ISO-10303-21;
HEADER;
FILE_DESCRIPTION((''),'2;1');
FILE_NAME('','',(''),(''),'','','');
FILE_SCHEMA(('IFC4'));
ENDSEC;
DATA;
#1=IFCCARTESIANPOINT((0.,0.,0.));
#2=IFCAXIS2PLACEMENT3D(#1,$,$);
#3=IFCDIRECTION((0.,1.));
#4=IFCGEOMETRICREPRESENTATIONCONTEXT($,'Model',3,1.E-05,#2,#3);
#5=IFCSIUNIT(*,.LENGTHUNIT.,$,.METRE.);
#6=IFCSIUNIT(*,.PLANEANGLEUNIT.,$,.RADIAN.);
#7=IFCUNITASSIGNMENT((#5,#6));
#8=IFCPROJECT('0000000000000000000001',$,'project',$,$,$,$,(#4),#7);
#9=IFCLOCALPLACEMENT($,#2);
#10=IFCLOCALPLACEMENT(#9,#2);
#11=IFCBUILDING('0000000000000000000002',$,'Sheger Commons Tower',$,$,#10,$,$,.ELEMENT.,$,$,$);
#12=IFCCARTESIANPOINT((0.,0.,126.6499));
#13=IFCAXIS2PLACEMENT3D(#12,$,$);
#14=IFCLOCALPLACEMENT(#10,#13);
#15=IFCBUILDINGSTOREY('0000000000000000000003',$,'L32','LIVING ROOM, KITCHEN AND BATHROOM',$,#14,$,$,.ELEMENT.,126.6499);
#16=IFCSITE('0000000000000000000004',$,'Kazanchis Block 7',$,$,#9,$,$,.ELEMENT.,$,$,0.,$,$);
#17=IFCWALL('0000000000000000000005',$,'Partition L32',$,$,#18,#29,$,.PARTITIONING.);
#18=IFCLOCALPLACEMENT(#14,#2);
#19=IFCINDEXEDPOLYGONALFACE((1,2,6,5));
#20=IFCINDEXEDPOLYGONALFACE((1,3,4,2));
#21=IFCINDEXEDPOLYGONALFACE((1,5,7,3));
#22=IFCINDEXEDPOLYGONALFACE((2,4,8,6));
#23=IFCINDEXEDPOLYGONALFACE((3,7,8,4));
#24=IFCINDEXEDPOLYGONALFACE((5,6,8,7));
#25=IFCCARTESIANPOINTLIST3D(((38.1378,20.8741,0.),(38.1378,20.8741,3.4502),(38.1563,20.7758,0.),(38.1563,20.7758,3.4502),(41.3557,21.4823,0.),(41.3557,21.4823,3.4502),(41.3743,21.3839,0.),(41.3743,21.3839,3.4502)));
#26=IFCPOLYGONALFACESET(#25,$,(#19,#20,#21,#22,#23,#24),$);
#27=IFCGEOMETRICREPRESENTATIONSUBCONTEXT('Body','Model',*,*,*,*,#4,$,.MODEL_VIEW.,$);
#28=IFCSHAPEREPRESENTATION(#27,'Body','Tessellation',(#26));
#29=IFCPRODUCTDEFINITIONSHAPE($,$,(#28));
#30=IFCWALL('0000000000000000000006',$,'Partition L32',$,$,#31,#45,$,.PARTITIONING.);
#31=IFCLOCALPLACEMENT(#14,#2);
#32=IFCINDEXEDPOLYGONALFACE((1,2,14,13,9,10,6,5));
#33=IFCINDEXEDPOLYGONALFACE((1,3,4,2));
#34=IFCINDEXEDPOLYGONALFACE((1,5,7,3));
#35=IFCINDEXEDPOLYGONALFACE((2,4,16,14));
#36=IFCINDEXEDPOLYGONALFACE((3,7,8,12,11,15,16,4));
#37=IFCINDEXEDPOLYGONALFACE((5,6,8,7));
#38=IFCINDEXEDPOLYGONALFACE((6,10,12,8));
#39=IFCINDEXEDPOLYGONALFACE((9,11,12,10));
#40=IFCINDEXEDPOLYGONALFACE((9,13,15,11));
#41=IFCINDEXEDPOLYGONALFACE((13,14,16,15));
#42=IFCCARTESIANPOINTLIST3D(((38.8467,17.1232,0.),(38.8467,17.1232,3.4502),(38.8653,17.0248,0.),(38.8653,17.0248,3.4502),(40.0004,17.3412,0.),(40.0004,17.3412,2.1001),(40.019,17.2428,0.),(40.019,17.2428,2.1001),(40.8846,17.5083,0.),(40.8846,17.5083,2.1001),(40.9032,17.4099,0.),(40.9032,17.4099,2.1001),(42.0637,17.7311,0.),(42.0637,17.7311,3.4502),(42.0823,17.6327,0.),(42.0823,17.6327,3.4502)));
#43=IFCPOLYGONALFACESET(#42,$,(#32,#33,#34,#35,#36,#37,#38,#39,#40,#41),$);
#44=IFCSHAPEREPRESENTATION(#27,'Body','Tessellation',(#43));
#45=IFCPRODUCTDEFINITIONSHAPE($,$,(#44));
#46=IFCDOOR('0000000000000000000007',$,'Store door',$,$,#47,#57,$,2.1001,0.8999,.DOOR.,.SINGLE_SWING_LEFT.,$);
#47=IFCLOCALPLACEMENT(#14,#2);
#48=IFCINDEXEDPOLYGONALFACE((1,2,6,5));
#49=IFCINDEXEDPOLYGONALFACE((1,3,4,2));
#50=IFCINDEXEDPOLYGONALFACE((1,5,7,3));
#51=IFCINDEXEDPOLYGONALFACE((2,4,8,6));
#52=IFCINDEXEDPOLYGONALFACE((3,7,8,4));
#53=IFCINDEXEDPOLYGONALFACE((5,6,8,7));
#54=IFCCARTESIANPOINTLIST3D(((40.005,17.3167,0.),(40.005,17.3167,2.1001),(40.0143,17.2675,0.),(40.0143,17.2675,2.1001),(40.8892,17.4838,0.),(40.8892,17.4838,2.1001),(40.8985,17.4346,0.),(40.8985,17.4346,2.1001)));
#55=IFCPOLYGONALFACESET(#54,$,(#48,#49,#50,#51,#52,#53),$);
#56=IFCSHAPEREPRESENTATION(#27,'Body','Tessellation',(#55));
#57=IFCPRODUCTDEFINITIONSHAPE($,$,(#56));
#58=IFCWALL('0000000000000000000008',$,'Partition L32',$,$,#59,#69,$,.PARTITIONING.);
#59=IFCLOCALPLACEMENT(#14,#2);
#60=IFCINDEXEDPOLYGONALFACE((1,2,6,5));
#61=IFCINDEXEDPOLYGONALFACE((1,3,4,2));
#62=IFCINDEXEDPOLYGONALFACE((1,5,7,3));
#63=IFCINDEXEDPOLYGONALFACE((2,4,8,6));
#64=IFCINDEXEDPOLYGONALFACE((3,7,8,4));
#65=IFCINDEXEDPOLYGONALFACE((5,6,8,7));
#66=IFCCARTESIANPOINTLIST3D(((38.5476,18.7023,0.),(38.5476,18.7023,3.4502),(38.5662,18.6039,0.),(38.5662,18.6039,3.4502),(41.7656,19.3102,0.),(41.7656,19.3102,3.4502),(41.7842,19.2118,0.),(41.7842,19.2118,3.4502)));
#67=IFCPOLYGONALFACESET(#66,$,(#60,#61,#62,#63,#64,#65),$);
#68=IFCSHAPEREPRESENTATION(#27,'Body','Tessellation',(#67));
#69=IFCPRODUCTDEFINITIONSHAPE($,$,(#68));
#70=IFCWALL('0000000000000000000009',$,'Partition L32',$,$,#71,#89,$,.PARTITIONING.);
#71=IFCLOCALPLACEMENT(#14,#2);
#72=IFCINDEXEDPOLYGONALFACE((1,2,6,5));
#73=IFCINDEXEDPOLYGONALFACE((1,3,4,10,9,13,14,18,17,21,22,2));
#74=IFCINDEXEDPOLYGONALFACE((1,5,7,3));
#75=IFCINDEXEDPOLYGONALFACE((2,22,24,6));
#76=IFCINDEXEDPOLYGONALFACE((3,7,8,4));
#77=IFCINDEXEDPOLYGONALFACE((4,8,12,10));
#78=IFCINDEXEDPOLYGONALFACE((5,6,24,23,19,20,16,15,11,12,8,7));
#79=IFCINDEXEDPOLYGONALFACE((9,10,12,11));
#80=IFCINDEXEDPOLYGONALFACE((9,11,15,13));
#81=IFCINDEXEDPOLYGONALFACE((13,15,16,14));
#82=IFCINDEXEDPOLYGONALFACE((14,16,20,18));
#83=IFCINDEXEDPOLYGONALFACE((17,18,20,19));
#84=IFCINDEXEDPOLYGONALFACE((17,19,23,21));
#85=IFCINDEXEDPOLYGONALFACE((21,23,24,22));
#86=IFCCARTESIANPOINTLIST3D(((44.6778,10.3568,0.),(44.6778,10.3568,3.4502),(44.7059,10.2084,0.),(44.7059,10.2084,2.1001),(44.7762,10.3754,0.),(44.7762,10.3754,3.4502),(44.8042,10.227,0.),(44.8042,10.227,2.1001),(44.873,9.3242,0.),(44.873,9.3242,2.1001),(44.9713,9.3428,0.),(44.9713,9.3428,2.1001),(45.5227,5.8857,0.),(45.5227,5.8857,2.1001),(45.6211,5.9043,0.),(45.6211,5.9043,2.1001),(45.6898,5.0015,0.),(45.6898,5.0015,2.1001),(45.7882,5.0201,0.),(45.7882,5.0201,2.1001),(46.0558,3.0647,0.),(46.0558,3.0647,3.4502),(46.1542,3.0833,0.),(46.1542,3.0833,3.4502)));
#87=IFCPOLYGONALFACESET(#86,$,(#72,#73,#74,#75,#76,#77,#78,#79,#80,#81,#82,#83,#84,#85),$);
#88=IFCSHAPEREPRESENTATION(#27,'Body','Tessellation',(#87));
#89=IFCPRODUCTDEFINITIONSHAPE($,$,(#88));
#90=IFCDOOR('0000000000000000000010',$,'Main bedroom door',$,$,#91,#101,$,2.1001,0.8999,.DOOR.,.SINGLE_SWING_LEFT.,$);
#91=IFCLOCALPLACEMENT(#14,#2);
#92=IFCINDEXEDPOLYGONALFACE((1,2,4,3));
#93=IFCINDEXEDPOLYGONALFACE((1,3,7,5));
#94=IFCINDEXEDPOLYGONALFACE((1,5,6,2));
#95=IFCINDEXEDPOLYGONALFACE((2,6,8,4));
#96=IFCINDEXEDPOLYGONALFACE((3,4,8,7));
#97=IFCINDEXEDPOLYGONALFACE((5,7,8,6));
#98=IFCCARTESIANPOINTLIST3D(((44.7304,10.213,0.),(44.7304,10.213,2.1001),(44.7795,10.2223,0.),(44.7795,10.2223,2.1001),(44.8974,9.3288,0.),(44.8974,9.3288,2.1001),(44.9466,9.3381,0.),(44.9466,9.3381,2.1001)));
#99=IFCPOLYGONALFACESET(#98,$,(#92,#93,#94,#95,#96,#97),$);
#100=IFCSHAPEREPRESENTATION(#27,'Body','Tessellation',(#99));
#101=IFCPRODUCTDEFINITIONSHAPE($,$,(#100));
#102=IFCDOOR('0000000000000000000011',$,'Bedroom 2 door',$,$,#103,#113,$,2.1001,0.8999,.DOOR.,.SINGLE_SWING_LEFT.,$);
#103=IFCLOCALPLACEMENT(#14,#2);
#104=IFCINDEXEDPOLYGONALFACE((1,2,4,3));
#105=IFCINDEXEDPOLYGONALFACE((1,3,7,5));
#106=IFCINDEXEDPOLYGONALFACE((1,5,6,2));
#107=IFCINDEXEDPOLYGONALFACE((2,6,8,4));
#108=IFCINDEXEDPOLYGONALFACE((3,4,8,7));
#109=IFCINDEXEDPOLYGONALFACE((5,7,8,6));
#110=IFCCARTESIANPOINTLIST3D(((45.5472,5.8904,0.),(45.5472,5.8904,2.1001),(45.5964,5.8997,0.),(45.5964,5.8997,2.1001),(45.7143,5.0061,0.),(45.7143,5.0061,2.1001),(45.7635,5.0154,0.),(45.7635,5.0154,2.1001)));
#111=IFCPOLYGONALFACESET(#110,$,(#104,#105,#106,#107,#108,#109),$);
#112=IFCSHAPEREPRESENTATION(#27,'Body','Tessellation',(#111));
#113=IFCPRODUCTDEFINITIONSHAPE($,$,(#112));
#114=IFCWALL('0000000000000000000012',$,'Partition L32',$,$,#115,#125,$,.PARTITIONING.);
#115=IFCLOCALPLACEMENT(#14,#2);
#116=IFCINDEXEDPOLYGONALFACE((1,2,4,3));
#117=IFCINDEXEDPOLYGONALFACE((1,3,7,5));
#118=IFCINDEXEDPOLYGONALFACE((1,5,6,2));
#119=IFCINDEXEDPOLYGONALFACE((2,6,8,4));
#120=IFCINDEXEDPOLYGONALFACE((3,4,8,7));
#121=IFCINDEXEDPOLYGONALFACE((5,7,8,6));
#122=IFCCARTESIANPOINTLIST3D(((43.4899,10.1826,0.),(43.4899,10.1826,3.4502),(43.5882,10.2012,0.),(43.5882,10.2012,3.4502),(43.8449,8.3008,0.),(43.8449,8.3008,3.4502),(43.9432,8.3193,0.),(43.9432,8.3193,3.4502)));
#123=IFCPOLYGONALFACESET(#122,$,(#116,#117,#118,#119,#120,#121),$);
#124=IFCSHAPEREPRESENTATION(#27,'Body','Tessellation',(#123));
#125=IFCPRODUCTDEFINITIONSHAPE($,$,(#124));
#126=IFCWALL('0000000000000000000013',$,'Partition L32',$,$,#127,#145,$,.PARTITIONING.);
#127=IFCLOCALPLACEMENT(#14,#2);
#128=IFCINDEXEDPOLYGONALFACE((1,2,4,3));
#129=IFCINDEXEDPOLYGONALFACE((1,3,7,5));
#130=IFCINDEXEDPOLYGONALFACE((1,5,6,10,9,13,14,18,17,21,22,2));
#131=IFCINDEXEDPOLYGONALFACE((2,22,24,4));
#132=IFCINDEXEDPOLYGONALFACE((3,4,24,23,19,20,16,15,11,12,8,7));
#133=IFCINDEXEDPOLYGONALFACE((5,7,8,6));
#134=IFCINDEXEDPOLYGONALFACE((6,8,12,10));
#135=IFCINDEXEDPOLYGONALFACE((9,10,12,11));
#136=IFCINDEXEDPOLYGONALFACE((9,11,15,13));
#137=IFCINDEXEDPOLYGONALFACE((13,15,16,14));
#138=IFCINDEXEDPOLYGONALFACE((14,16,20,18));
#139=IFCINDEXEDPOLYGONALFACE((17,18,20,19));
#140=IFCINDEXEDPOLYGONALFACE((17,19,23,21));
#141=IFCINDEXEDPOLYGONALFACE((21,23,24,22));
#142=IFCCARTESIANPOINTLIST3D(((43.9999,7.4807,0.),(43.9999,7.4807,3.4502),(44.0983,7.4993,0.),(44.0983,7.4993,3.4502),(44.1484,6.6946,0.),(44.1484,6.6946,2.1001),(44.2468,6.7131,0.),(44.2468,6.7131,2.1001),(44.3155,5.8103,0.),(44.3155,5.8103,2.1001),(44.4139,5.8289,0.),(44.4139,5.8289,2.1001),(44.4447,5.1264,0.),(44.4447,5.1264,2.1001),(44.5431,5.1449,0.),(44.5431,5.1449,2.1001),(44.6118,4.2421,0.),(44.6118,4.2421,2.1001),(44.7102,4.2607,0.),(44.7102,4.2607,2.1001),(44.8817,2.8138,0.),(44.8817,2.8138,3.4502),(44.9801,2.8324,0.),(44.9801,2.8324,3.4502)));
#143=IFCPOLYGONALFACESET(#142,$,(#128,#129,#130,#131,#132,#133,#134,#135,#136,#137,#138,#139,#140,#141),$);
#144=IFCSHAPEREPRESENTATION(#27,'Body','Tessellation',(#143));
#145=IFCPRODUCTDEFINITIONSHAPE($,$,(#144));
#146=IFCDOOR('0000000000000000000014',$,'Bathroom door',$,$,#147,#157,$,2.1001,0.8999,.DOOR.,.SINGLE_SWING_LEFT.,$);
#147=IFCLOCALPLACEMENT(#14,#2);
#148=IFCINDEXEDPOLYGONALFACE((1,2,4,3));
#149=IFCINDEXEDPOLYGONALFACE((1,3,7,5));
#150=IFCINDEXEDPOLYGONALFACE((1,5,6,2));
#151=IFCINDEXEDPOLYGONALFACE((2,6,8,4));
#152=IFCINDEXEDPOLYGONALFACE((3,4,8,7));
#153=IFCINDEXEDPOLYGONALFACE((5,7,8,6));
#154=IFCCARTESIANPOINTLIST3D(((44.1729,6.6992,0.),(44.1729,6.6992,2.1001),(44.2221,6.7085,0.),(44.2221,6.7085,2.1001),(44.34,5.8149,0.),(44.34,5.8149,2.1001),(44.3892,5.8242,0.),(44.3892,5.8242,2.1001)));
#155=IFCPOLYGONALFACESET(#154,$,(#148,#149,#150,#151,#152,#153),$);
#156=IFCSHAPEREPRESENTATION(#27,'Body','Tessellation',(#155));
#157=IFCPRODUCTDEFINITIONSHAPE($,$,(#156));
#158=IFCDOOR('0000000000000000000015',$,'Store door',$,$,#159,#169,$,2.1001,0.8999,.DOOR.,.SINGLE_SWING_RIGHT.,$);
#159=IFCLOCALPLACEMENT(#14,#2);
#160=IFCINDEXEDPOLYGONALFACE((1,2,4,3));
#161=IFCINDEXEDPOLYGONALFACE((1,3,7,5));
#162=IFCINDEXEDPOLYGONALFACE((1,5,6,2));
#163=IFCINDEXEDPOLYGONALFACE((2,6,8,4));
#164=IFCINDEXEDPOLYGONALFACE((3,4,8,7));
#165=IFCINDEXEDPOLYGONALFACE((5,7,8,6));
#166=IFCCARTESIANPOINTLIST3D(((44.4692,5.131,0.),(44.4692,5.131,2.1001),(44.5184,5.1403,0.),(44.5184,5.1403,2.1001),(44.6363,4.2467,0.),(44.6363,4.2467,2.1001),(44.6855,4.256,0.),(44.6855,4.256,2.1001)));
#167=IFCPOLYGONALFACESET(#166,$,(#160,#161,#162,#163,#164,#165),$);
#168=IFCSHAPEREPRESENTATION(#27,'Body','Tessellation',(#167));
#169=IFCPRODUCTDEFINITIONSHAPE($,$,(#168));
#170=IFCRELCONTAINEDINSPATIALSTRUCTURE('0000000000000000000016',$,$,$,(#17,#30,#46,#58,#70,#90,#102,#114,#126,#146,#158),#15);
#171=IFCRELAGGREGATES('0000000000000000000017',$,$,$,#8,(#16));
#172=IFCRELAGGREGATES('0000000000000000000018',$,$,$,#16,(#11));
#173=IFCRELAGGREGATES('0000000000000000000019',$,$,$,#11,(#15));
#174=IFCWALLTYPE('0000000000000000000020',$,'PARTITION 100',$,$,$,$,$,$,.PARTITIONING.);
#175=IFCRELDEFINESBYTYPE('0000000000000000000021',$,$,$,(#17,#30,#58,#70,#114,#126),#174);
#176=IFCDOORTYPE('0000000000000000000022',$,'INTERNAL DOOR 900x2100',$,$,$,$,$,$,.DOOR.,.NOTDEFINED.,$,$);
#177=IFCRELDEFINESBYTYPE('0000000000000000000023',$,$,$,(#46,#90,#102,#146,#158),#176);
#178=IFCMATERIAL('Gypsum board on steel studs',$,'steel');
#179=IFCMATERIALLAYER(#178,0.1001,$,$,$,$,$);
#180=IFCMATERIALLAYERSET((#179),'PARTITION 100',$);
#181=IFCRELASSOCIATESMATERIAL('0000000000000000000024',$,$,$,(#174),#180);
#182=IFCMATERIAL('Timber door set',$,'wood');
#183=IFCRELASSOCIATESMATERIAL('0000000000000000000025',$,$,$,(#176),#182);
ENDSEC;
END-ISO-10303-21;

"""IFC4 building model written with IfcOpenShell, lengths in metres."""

from ifc_helpers import new_model, si_unit, direction, frame, frame_2d, origin, place, context, subcontext, project, spatial, rectangle, extrude, material, layer, layer_set, type_object, element, fill, save


model = new_model("IFC4")

# Units and contexts
model_context = context("Model", 3, precision=1e-05, world=origin(), true_north=direction((0.0, 1.0)))
body_context = subcontext(model_context, "Body", "Model", "MODEL_VIEW")
ifc_project = project(units=[si_unit("LENGTHUNIT", "METRE"), si_unit("PLANEANGLEUNIT", "RADIAN")], contexts=[model_context])

# Site, building, storey
site_placement = place(None, origin())
site = spatial("IfcSite", under=ifc_project, at=site_placement, Name="Kazanchis Block 7", CompositionType="ELEMENT", RefElevation=0.0)
building_placement = place(site_placement, origin())
building = spatial("IfcBuilding", under=site, at=building_placement, Name="Sheger Commons Tower", CompositionType="ELEMENT")
storey_placement = place(building_placement, frame((0.0, 0.0, 126.6499)))
storey = spatial("IfcBuildingStorey", under=building, at=storey_placement, Name="L32", Description="LIVING ROOM, KITCHEN AND BATHROOM", CompositionType="ELEMENT", Elevation=126.6499)

# Wall
ifc_material_1 = material(Name="Gypsum board on steel studs", Category="steel")
ifc_layer_1 = layer(ifc_material_1, 0.1001)
ifc_layer_set_1 = layer_set([ifc_layer_1], Name="PARTITION 100")
wall_type_1 = type_object("IfcWallType", Name="PARTITION 100", PredefinedType="PARTITIONING", material=ifc_layer_set_1)
wall_1_placement = place(storey_placement, frame((41.365, 21.4331, 0.0), z_axis=(0.0, 0.0, 1.0), x_axis=(-0.982607, -0.185697, 0.0)))
element("IfcWall", 1, at=wall_1_placement, inside=storey, type_object=wall_type_1, Name="Partition L32", PredefinedType="PARTITIONING", context=body_context, shape_type="SweptSolid", body=[
    extrude(rectangle(XDim=3.2749, YDim=0.1001, at=frame_2d((1.6375, 0.0))), origin(), (0.0, 0.0, 1.0), 3.4502),
])

# Wall, opening, door
wall_2_placement = place(storey_placement, frame((42.073, 17.6819, 0.0), z_axis=(0.0, 0.0, 1.0), x_axis=(-0.98261, -0.18568, 0.0)))
wall_2 = element("IfcWall", 2, at=wall_2_placement, inside=storey, type_object=wall_type_1, Name="Partition L32", PredefinedType="PARTITIONING", context=body_context, shape_type="SweptSolid", body=[
    extrude(rectangle(XDim=3.2739, YDim=0.1001, at=frame_2d((1.637, 0.0))), origin(), (0.0, 0.0, 1.0), 3.4502),
])
opening_1_placement = place(wall_2_placement, frame((1.2, 0.0, 0.0)))
opening_1 = element("IfcOpeningElement", 3, at=opening_1_placement, cuts=wall_2, PredefinedType="OPENING", context=body_context, shape_type="SweptSolid", body=[
    extrude(rectangle(XDim=0.8999, YDim=2.1001, at=frame_2d((0.45, 1.05))), frame((0.0, 0.0601, 0.0), z_axis=(0.0, -1.0, 0.0), x_axis=(1.0, 0.0, 0.0)), (0.0, 0.0, 1.0), 0.1201),
])
ifc_material_2 = material(Name="Timber door set", Category="wood")
door_type_1 = type_object("IfcDoorType", Name="INTERNAL DOOR 900x2100", OperationType="NOTDEFINED", PredefinedType="DOOR", material=ifc_material_2)
door_1_placement = place(opening_1_placement, origin())
door_1 = element("IfcDoor", 4, at=door_1_placement, inside=storey, type_object=door_type_1, Name="Store door", OperationType="SINGLE_SWING_LEFT", OverallHeight=2.1001, OverallWidth=0.8999, PredefinedType="DOOR", context=body_context, shape_type="SweptSolid", body=[
    extrude(rectangle(XDim=0.8999, YDim=2.1001, at=frame_2d((0.45, 1.05))), frame((0.0, 0.0249, 0.0), z_axis=(0.0, -1.0, 0.0), x_axis=(1.0, 0.0, 0.0)), (0.0, 0.0, 1.0), 0.05),
])
fill(opening_1, door_1)

# Wall
wall_3_placement = place(storey_placement, frame((41.7749, 19.261, 0.0), z_axis=(0.0, 0.0, 1.0), x_axis=(-0.982621, -0.185625, 0.0)))
element("IfcWall", 5, at=wall_3_placement, inside=storey, type_object=wall_type_1, Name="Partition L32", PredefinedType="PARTITIONING", context=body_context, shape_type="SweptSolid", body=[
    extrude(rectangle(XDim=3.2749, YDim=0.1001, at=frame_2d((1.6375, 0.0))), origin(), (0.0, 0.0, 1.0), 3.4502),
])

# Wall, openings, doors
wall_4_placement = place(storey_placement, frame((44.7271, 10.366, 0.0), z_axis=(0.0, 0.0, 1.0), x_axis=(0.185679, -0.98261, 0.0)))
wall_4 = element("IfcWall", 6, at=wall_4_placement, inside=storey, type_object=wall_type_1, Name="Partition L32", PredefinedType="PARTITIONING", context=body_context, shape_type="SweptSolid", body=[
    extrude(rectangle(XDim=7.4211, YDim=0.1001, at=frame_2d((3.7104, 0.0))), origin(), (0.0, 0.0, 1.0), 3.4502),
])
opening_2_placement = place(wall_4_placement, frame((0.1509, 0.0, 0.0)))
opening_2 = element("IfcOpeningElement", 7, at=opening_2_placement, cuts=wall_4, PredefinedType="OPENING", context=body_context, shape_type="SweptSolid", body=[
    extrude(rectangle(XDim=0.8999, YDim=2.1001, at=frame_2d((0.45, 1.05))), frame((0.0, 0.0601, 0.0), z_axis=(0.0, -1.0, 0.0), x_axis=(1.0, 0.0, 0.0)), (0.0, 0.0, 1.0), 0.1201),
])
opening_3_placement = place(wall_4_placement, frame((4.55, 0.0, 0.0)))
opening_3 = element("IfcOpeningElement", 8, at=opening_3_placement, cuts=wall_4, PredefinedType="OPENING", context=body_context, shape_type="SweptSolid", body=[
    extrude(rectangle(XDim=0.8999, YDim=2.1001, at=frame_2d((0.45, 1.05))), frame((0.0, 0.0601, 0.0), z_axis=(0.0, -1.0, 0.0), x_axis=(1.0, 0.0, 0.0)), (0.0, 0.0, 1.0), 0.1201),
])
door_2_placement = place(opening_2_placement, origin())
door_2 = element("IfcDoor", 9, at=door_2_placement, inside=storey, type_object=door_type_1, Name="Main bedroom door", OperationType="SINGLE_SWING_LEFT", OverallHeight=2.1001, OverallWidth=0.8999, PredefinedType="DOOR", context=body_context, shape_type="SweptSolid", body=[
    extrude(rectangle(XDim=0.8999, YDim=2.1001, at=frame_2d((0.45, 1.05))), frame((0.0, 0.0249, 0.0), z_axis=(0.0, -1.0, 0.0), x_axis=(1.0, 0.0, 0.0)), (0.0, 0.0, 1.0), 0.05),
])
fill(opening_2, door_2)
door_3_placement = place(opening_3_placement, origin())
door_3 = element("IfcDoor", 10, at=door_3_placement, inside=storey, type_object=door_type_1, Name="Bedroom 2 door", OperationType="SINGLE_SWING_LEFT", OverallHeight=2.1001, OverallWidth=0.8999, PredefinedType="DOOR", context=body_context, shape_type="SweptSolid", body=[
    extrude(rectangle(XDim=0.8999, YDim=2.1001, at=frame_2d((0.45, 1.05))), frame((0.0, 0.0249, 0.0), z_axis=(0.0, -1.0, 0.0), x_axis=(1.0, 0.0, 0.0)), (0.0, 0.0, 1.0), 0.05),
])
fill(opening_3, door_3)

# Wall
wall_5_placement = place(storey_placement, frame((43.5391, 10.1919, 0.0), z_axis=(0.0, 0.0, 1.0), x_axis=(0.185366, -0.98267, 0.0)))
element("IfcWall", 11, at=wall_5_placement, inside=storey, type_object=wall_type_1, Name="Partition L32", PredefinedType="PARTITIONING", context=body_context, shape_type="SweptSolid", body=[
    extrude(rectangle(XDim=1.915, YDim=0.1001, at=frame_2d((0.9575, 0.0))), origin(), (0.0, 0.0, 1.0), 3.4502),
])

# Wall, openings, doors
wall_6_placement = place(storey_placement, frame((44.0491, 7.49, 0.0), z_axis=(0.0, 0.0, 1.0), x_axis=(0.185666, -0.982613, 0.0)))
wall_6 = element("IfcWall", 12, at=wall_6_placement, inside=storey, type_object=wall_type_1, Name="Partition L32", PredefinedType="PARTITIONING", context=body_context, shape_type="SweptSolid", body=[
    extrude(rectangle(XDim=4.7495, YDim=0.1001, at=frame_2d((2.3748, 0.0))), origin(), (0.0, 0.0, 1.0), 3.4502),
])
opening_4_placement = place(wall_6_placement, frame((0.8, 0.0, 0.0)))
opening_4 = element("IfcOpeningElement", 13, at=opening_4_placement, cuts=wall_6, PredefinedType="OPENING", context=body_context, shape_type="SweptSolid", body=[
    extrude(rectangle(XDim=0.8999, YDim=2.1001, at=frame_2d((0.45, 1.05))), frame((0.0, 0.0601, 0.0), z_axis=(0.0, -1.0, 0.0), x_axis=(1.0, 0.0, 0.0)), (0.0, 0.0, 1.0), 0.1201),
])
opening_5_placement = place(wall_6_placement, frame((2.396, 0.0, 0.0)))
opening_5 = element("IfcOpeningElement", 14, at=opening_5_placement, cuts=wall_6, PredefinedType="OPENING", context=body_context, shape_type="SweptSolid", body=[
    extrude(rectangle(XDim=0.8999, YDim=2.1001, at=frame_2d((0.45, 1.05))), frame((0.0, 0.0601, 0.0), z_axis=(0.0, -1.0, 0.0), x_axis=(1.0, 0.0, 0.0)), (0.0, 0.0, 1.0), 0.1201),
])
door_4_placement = place(opening_4_placement, origin())
door_4 = element("IfcDoor", 15, at=door_4_placement, inside=storey, type_object=door_type_1, Name="Bathroom door", OperationType="SINGLE_SWING_LEFT", OverallHeight=2.1001, OverallWidth=0.8999, PredefinedType="DOOR", context=body_context, shape_type="SweptSolid", body=[
    extrude(rectangle(XDim=0.8999, YDim=2.1001, at=frame_2d((0.45, 1.05))), frame((0.0, 0.0249, 0.0), z_axis=(0.0, -1.0, 0.0), x_axis=(1.0, 0.0, 0.0)), (0.0, 0.0, 1.0), 0.05),
])
fill(opening_4, door_4)
door_5_placement = place(opening_5_placement, origin())
door_5 = element("IfcDoor", 16, at=door_5_placement, inside=storey, type_object=door_type_1, Name="Store door", OperationType="SINGLE_SWING_RIGHT", OverallHeight=2.1001, OverallWidth=0.8999, PredefinedType="DOOR", context=body_context, shape_type="SweptSolid", body=[
    extrude(rectangle(XDim=0.8999, YDim=2.1001, at=frame_2d((0.45, 1.05))), frame((0.0, 0.0249, 0.0), z_axis=(0.0, -1.0, 0.0), x_axis=(1.0, 0.0, 0.0)), (0.0, 0.0, 1.0), 0.05),
])
fill(opening_5, door_5)

save(model, "model.ifc")
